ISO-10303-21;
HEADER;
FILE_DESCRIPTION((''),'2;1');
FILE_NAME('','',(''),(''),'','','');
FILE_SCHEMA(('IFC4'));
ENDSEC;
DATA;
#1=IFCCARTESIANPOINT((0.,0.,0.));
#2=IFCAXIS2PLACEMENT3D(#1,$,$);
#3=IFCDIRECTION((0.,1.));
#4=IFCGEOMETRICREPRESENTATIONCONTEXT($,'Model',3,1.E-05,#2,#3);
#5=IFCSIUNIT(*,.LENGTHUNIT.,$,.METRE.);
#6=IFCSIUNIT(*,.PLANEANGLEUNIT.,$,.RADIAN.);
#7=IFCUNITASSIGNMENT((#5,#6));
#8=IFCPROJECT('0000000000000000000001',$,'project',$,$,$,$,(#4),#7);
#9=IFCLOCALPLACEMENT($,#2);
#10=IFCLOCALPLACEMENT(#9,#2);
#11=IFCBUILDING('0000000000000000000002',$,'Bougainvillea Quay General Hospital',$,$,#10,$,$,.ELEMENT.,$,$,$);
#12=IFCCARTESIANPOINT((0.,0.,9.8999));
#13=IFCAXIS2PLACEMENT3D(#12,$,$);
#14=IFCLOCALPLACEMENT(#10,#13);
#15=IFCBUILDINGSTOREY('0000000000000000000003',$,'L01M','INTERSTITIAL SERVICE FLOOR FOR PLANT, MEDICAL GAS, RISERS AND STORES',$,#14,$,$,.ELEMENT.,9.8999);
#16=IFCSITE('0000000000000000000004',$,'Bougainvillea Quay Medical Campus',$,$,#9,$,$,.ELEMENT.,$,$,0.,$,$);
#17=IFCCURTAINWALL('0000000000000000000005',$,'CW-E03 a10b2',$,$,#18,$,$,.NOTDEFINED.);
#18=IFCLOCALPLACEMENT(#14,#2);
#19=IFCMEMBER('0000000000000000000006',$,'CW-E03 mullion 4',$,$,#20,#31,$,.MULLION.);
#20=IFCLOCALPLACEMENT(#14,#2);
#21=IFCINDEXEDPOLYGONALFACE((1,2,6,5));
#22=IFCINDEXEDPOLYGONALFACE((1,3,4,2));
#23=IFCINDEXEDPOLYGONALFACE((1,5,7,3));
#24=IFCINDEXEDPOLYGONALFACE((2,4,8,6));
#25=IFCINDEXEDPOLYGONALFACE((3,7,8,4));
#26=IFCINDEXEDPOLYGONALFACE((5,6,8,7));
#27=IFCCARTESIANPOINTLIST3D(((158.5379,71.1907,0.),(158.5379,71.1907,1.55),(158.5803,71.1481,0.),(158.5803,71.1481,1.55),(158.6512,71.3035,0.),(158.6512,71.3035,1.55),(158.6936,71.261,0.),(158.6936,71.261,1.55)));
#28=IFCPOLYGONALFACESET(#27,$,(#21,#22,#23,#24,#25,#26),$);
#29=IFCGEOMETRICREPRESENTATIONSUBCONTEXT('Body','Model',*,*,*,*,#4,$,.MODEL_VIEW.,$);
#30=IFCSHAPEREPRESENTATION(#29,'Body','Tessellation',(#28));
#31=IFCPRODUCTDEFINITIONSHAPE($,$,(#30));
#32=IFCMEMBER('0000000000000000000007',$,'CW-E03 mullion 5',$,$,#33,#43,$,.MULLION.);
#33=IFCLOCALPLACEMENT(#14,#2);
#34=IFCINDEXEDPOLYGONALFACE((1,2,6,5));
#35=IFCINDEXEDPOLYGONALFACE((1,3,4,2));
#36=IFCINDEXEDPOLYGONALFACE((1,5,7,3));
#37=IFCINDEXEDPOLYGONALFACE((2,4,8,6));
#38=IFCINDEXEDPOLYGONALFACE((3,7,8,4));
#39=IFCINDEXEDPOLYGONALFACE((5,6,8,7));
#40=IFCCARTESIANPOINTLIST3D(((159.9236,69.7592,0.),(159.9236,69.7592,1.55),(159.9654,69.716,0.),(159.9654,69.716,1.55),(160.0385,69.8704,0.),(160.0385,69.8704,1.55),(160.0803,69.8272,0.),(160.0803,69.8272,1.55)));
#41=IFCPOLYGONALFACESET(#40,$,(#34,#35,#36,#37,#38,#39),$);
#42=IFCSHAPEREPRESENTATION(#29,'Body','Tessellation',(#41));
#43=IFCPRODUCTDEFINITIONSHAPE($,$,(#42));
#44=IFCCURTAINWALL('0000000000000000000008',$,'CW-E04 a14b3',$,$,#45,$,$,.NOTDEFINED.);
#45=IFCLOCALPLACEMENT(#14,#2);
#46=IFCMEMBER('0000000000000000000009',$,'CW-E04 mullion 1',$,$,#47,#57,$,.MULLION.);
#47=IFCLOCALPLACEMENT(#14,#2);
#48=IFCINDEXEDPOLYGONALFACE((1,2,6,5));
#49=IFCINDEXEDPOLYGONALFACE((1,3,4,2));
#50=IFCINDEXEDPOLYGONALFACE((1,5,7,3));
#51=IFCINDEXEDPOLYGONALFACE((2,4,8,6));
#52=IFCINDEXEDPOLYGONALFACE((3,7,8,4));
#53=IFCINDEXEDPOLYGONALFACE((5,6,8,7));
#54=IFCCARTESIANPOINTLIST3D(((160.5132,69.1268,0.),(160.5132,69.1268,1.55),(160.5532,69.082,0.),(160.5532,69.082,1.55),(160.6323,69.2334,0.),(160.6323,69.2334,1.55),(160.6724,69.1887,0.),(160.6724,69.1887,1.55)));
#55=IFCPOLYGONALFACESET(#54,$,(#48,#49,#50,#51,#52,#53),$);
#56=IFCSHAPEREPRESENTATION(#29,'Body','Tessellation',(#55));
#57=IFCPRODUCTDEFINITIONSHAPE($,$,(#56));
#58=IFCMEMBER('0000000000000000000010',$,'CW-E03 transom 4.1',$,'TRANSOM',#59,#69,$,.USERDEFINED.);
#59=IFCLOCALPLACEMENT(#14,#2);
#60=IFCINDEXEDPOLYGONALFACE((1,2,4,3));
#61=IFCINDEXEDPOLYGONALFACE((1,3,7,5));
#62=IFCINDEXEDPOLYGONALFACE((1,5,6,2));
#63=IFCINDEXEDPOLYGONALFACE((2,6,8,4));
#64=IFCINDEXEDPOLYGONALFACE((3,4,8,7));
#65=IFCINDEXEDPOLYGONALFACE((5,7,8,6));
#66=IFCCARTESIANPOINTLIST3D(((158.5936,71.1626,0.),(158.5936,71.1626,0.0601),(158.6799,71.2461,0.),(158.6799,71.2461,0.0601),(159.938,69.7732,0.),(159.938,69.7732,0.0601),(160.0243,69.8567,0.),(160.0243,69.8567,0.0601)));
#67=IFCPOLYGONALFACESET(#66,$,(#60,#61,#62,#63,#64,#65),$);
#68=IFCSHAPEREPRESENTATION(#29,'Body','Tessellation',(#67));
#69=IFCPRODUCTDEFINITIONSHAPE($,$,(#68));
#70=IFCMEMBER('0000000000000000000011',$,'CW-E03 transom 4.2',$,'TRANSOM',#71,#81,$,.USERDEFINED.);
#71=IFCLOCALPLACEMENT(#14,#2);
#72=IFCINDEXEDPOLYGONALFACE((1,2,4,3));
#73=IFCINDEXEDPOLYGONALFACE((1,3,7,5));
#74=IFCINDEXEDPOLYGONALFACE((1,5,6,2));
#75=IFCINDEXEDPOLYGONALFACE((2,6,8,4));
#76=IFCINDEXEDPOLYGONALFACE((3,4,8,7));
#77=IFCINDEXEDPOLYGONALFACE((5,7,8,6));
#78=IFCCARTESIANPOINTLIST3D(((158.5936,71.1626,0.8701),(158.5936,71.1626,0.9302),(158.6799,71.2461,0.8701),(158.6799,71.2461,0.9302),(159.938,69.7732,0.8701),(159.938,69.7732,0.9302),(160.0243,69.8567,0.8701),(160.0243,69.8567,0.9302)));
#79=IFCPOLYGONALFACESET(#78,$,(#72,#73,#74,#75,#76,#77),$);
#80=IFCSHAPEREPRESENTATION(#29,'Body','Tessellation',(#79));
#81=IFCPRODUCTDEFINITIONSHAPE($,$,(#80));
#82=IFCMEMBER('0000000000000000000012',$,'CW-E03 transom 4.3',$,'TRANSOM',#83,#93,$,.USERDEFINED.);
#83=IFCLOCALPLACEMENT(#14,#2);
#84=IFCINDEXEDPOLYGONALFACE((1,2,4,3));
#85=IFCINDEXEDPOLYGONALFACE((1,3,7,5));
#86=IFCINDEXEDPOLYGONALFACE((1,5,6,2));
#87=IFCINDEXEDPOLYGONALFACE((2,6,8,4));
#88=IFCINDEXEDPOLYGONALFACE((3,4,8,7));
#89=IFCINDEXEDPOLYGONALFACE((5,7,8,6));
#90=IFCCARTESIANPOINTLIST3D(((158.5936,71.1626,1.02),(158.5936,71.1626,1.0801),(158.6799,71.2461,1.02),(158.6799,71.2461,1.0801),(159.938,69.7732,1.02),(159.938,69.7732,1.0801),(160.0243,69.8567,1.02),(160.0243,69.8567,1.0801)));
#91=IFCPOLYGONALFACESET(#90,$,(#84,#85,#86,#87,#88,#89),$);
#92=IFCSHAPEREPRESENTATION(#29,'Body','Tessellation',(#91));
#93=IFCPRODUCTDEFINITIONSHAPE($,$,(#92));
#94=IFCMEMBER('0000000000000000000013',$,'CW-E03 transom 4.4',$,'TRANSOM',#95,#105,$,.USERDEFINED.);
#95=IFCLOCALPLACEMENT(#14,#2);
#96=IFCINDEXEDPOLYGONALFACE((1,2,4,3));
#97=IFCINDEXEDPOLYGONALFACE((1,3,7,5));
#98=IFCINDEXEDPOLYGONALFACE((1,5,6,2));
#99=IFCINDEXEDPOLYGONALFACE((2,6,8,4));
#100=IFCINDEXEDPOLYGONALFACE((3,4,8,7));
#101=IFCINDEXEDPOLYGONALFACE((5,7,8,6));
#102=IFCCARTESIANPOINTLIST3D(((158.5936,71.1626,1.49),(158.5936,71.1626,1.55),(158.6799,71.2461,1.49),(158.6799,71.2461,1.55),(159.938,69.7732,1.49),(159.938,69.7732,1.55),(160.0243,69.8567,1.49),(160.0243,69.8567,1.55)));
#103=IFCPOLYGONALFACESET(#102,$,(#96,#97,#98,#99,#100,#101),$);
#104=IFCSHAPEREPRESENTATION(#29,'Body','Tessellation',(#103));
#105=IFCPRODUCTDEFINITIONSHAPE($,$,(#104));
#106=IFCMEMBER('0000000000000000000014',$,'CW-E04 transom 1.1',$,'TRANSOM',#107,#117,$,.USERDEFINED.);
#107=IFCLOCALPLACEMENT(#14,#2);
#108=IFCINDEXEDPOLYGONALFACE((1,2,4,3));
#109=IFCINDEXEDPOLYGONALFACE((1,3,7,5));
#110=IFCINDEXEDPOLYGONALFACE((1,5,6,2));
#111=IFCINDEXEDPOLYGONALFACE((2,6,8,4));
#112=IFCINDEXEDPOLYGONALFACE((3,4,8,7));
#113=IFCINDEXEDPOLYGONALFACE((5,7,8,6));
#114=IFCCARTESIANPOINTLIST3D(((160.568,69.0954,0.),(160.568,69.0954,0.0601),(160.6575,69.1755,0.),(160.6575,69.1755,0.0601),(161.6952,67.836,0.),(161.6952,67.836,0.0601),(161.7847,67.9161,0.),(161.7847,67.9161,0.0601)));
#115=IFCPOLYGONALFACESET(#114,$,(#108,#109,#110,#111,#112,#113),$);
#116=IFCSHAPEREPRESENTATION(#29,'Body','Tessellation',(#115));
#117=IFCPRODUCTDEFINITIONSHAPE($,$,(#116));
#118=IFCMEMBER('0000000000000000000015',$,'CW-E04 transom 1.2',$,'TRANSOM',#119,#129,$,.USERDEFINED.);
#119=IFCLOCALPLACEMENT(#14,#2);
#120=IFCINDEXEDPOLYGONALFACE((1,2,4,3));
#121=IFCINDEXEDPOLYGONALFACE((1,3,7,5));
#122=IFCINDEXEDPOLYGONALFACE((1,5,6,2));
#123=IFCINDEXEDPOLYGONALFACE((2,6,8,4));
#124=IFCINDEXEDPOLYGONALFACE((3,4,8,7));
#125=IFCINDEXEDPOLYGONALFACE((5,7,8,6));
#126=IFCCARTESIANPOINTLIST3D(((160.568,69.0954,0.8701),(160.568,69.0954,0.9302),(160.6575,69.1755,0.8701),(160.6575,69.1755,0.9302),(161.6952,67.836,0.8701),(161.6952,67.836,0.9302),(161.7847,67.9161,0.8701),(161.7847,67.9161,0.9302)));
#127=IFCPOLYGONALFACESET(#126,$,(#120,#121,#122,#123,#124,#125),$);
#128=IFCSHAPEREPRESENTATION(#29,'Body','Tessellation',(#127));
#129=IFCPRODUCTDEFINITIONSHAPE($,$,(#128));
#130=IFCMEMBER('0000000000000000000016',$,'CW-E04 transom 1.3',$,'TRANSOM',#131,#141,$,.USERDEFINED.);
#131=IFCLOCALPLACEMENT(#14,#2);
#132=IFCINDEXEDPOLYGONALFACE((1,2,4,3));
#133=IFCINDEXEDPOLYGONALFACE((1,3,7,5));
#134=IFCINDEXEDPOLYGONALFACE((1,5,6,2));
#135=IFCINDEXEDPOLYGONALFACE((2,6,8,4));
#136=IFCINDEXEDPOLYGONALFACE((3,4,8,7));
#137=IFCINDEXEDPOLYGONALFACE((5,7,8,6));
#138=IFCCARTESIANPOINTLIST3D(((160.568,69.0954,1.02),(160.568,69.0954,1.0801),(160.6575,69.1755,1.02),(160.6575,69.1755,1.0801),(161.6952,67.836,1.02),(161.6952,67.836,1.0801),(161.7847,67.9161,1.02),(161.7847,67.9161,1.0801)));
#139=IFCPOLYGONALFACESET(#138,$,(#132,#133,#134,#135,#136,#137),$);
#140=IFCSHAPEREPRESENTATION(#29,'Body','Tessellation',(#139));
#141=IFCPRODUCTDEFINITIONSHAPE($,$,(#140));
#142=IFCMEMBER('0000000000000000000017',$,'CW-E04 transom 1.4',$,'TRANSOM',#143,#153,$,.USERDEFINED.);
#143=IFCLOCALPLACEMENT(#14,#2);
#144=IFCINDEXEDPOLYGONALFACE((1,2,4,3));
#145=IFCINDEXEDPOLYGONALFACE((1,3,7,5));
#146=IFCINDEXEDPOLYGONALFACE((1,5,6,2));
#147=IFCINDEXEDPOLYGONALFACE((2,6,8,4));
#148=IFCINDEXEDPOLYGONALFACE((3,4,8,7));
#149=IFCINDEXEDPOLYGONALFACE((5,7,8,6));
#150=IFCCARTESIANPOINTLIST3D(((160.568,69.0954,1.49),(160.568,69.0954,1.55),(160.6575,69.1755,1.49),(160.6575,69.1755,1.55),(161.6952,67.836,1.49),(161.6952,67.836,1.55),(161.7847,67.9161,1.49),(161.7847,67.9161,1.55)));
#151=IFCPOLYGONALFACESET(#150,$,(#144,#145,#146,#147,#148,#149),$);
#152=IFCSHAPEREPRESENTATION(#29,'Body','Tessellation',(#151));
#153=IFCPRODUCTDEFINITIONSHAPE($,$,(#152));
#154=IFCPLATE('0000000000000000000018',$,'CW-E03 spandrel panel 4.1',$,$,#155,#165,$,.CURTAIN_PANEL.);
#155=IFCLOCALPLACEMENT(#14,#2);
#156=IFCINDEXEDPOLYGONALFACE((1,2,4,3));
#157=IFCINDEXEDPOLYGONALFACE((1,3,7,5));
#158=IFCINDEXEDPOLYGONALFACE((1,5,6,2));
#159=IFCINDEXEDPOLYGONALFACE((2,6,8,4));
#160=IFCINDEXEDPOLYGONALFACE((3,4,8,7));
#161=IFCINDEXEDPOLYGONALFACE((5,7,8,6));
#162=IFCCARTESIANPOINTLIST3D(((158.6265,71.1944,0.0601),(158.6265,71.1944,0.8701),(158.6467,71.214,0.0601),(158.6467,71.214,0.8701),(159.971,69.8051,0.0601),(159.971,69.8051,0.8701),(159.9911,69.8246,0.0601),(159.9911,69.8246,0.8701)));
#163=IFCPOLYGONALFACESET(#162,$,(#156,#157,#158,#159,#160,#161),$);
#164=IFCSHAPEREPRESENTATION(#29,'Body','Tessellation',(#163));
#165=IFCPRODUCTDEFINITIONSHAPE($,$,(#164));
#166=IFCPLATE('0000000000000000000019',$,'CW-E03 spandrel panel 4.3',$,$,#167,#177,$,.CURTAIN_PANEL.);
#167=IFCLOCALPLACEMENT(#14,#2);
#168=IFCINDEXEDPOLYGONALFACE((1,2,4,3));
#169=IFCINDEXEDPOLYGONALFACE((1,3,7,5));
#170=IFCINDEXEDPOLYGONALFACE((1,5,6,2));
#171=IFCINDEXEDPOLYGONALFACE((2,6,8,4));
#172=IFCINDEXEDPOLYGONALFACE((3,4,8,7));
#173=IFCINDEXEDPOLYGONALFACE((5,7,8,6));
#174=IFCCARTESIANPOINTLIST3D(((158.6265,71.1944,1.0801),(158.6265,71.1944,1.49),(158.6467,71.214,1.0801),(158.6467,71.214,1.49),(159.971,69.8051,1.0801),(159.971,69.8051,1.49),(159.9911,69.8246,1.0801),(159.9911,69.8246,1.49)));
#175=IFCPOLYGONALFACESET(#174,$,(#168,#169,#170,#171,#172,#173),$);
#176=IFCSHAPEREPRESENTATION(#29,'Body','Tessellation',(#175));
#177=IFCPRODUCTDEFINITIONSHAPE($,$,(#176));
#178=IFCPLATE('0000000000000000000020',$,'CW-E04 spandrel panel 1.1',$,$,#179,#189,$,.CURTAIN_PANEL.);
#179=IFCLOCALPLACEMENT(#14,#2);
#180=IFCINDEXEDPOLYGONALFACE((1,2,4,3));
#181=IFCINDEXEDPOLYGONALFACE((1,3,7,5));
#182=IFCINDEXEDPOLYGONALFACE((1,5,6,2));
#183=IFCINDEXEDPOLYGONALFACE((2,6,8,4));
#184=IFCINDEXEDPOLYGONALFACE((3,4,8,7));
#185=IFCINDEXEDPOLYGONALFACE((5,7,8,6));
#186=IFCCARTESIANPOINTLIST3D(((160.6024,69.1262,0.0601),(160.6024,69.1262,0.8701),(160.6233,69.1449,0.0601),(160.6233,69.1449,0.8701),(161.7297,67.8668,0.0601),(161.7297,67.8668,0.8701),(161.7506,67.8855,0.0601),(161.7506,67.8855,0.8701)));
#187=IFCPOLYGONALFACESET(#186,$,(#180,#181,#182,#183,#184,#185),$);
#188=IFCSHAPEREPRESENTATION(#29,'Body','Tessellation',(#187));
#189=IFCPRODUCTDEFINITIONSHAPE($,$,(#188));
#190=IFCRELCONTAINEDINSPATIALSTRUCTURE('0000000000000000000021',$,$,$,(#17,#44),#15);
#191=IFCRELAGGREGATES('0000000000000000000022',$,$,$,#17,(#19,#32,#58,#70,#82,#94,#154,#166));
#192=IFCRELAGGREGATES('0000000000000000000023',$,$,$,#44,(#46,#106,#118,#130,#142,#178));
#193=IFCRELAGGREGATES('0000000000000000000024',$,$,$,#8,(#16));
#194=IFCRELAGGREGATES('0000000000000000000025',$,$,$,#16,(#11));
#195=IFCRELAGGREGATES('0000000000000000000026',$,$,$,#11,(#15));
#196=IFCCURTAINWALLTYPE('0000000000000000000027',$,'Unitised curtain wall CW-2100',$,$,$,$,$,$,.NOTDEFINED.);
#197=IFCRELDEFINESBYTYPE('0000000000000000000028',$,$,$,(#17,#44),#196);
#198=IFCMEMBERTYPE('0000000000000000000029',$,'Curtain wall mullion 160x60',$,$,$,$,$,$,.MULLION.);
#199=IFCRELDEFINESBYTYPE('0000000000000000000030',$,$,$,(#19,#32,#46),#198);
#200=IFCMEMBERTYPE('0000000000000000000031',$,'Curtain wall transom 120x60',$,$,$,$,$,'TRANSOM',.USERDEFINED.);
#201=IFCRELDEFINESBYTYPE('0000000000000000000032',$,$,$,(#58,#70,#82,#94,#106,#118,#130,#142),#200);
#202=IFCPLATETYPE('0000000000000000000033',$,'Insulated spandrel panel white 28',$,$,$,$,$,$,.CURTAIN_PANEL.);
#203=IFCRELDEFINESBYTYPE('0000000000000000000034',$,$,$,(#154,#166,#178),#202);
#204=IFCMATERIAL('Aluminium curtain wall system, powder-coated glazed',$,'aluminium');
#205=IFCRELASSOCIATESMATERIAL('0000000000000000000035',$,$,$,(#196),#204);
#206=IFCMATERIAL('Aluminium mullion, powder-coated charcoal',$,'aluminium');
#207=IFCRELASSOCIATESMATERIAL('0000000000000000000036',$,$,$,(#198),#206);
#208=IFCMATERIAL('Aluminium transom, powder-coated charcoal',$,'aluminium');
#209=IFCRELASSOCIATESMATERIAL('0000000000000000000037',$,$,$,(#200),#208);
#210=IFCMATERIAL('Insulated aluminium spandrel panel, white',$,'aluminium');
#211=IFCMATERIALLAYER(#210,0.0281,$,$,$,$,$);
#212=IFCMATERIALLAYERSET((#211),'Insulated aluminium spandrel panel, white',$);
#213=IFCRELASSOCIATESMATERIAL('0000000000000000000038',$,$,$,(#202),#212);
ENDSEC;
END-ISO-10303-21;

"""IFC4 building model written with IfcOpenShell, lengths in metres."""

from ifc_helpers import new_model, si_unit, direction, frame, origin, origin_2d, place, context, subcontext, project, spatial, rectangle, extrude, material, layer, layer_set, material_profile, profile_set, type_object, element, aggregate, save


model = new_model("IFC4")

# Units and contexts
model_context = context("Model", 3, precision=1e-05, world=origin(), true_north=direction((0.0, 1.0)))
body_context = subcontext(model_context, "Body", "Model", "MODEL_VIEW")
ifc_project = project(units=[si_unit("LENGTHUNIT", "METRE"), si_unit("PLANEANGLEUNIT", "RADIAN")], contexts=[model_context])

# Site, building, storey
site_placement = place(None, origin())
site = spatial("IfcSite", under=ifc_project, at=site_placement, Name="Bougainvillea Quay Medical Campus", CompositionType="ELEMENT", RefElevation=0.0)
building_placement = place(site_placement, origin())
building = spatial("IfcBuilding", under=site, at=building_placement, Name="Bougainvillea Quay General Hospital", CompositionType="ELEMENT")
storey_placement = place(building_placement, frame((0.0, 0.0, 9.8999)))
storey = spatial("IfcBuildingStorey", under=building, at=storey_placement, Name="L01M", Description="INTERSTITIAL SERVICE FLOOR FOR PLANT, MEDICAL GAS, RISERS AND STORES", CompositionType="ELEMENT", Elevation=9.8999)

# Curtain wall, members
ifc_material_1 = material(Name="Aluminium curtain wall system, powder-coated glazed", Category="aluminium")
curtain_wall_type = type_object("IfcCurtainWallType", Name="Unitised curtain wall CW-2100", PredefinedType="NOTDEFINED", material=ifc_material_1)
curtain_wall_1_placement = place(storey_placement, origin())
curtain_wall_1 = element("IfcCurtainWall", 1, at=curtain_wall_1_placement, inside=storey, type_object=curtain_wall_type, Name="CW-E03 a10b2", PredefinedType="NOTDEFINED")
ifc_material_2 = material(Name="Aluminium mullion, powder-coated charcoal", Category="aluminium")
ifc_material_profile_1 = material_profile(ifc_material_2, rectangle(XDim=0.1599, YDim=0.0601, at=origin_2d()))
ifc_profile_set_1 = profile_set([ifc_material_profile_1], Name="Aluminium mullion, powder-coated charcoal")
member_type_1 = type_object("IfcMemberType", Name="Curtain wall mullion 160x60", PredefinedType="MULLION", material=ifc_profile_set_1)
member_1_placement = place(storey_placement, frame((158.6157, 71.2258, 0.0), z_axis=(0.0, 0.0, 1.0), x_axis=(0.708467, 0.705743, 0.0)))
member_1 = element("IfcMember", 2, at=member_1_placement, type_object=member_type_1, Name="CW-E03 mullion 4", PredefinedType="MULLION", context=body_context, shape_type="SweptSolid", body=[
    extrude(rectangle(XDim=0.1599, YDim=0.0601, at=origin_2d()), origin(), (0.0, 0.0, 1.0), 1.55),
])
member_2_placement = place(storey_placement, frame((160.002, 69.7932, 0.0), z_axis=(0.0, 0.0, 1.0), x_axis=(0.718629, 0.695393, 0.0)))
member_2 = element("IfcMember", 3, at=member_2_placement, type_object=member_type_1, Name="CW-E03 mullion 5", PredefinedType="MULLION", context=body_context, shape_type="SweptSolid", body=[
    extrude(rectangle(XDim=0.1599, YDim=0.0601, at=origin_2d()), origin(), (0.0, 0.0, 1.0), 1.55),
])

# Curtain wall, member
curtain_wall_2_placement = place(storey_placement, origin())
curtain_wall_2 = element("IfcCurtainWall", 4, at=curtain_wall_2_placement, inside=storey, type_object=curtain_wall_type, Name="CW-E04 a14b3", PredefinedType="NOTDEFINED")
member_3_placement = place(storey_placement, frame((160.5928, 69.1577, 0.0), z_axis=(0.0, 0.0, 1.0), x_axis=(0.745094, 0.666959, 0.0)))
member_3 = element("IfcMember", 5, at=member_3_placement, type_object=member_type_1, Name="CW-E04 mullion 1", PredefinedType="MULLION", context=body_context, shape_type="SweptSolid", body=[
    extrude(rectangle(XDim=0.1599, YDim=0.0601, at=origin_2d()), origin(), (0.0, 0.0, 1.0), 1.55),
])

# Members
ifc_material_3 = material(Name="Aluminium transom, powder-coated charcoal", Category="aluminium")
ifc_material_profile_2 = material_profile(ifc_material_3, rectangle(XDim=0.1201, YDim=0.0601, at=origin_2d()))
ifc_profile_set_2 = profile_set([ifc_material_profile_2], Name="Aluminium transom, powder-coated charcoal")
member_type_2 = type_object("IfcMemberType", Name="Curtain wall transom 120x60", ElementType="TRANSOM", PredefinedType="USERDEFINED", material=ifc_profile_set_2)
member_4_placement = place(storey_placement, frame((158.6367, 71.2043, 0.03), z_axis=(0.695394, -0.718629, 0.0), x_axis=(0.718629, 0.695394, 0.0)))
member_4 = element("IfcMember", 6, at=member_4_placement, type_object=member_type_2, Name="CW-E03 transom 4.1", ObjectType="TRANSOM", PredefinedType="USERDEFINED", context=body_context, shape_type="SweptSolid", body=[
    extrude(rectangle(XDim=0.1201, YDim=0.0601, at=origin_2d()), origin(), (0.0, 0.0, 1.0), 1.9333),
])
member_5_placement = place(storey_placement, frame((158.6367, 71.2043, 0.9001), z_axis=(0.695394, -0.718629, 0.0), x_axis=(0.718629, 0.695394, 0.0)))
member_5 = element("IfcMember", 7, at=member_5_placement, type_object=member_type_2, Name="CW-E03 transom 4.2", ObjectType="TRANSOM", PredefinedType="USERDEFINED", context=body_context, shape_type="SweptSolid", body=[
    extrude(rectangle(XDim=0.1201, YDim=0.0601, at=origin_2d()), origin(), (0.0, 0.0, 1.0), 1.9333),
])
member_6_placement = place(storey_placement, frame((158.6367, 71.2043, 1.05), z_axis=(0.695394, -0.718629, 0.0), x_axis=(0.718629, 0.695394, 0.0)))
member_6 = element("IfcMember", 8, at=member_6_placement, type_object=member_type_2, Name="CW-E03 transom 4.3", ObjectType="TRANSOM", PredefinedType="USERDEFINED", context=body_context, shape_type="SweptSolid", body=[
    extrude(rectangle(XDim=0.1201, YDim=0.0601, at=origin_2d()), origin(), (0.0, 0.0, 1.0), 1.9333),
])
member_7_placement = place(storey_placement, frame((158.6367, 71.2043, 1.52), z_axis=(0.695394, -0.718629, 0.0), x_axis=(0.718629, 0.695394, 0.0)))
member_7 = element("IfcMember", 9, at=member_7_placement, type_object=member_type_2, Name="CW-E03 transom 4.4", ObjectType="TRANSOM", PredefinedType="USERDEFINED", context=body_context, shape_type="SweptSolid", body=[
    extrude(rectangle(XDim=0.1201, YDim=0.0601, at=origin_2d()), origin(), (0.0, 0.0, 1.0), 1.9333),
])
member_8_placement = place(storey_placement, frame((160.6128, 69.1355, 0.03), z_axis=(0.666879, -0.745166, 0.0), x_axis=(0.745166, 0.666879, 0.0)))
member_8 = element("IfcMember", 10, at=member_8_placement, type_object=member_type_2, Name="CW-E04 transom 1.1", ObjectType="TRANSOM", PredefinedType="USERDEFINED", context=body_context, shape_type="SweptSolid", body=[
    extrude(rectangle(XDim=0.1201, YDim=0.0601, at=origin_2d()), origin(), (0.0, 0.0, 1.0), 1.6902),
])
member_9_placement = place(storey_placement, frame((160.6128, 69.1355, 0.9001), z_axis=(0.666879, -0.745166, 0.0), x_axis=(0.745166, 0.666879, 0.0)))
member_9 = element("IfcMember", 11, at=member_9_placement, type_object=member_type_2, Name="CW-E04 transom 1.2", ObjectType="TRANSOM", PredefinedType="USERDEFINED", context=body_context, shape_type="SweptSolid", body=[
    extrude(rectangle(XDim=0.1201, YDim=0.0601, at=origin_2d()), origin(), (0.0, 0.0, 1.0), 1.6902),
])
member_10_placement = place(storey_placement, frame((160.6128, 69.1355, 1.05), z_axis=(0.666879, -0.745166, 0.0), x_axis=(0.745166, 0.666879, 0.0)))
member_10 = element("IfcMember", 12, at=member_10_placement, type_object=member_type_2, Name="CW-E04 transom 1.3", ObjectType="TRANSOM", PredefinedType="USERDEFINED", context=body_context, shape_type="SweptSolid", body=[
    extrude(rectangle(XDim=0.1201, YDim=0.0601, at=origin_2d()), origin(), (0.0, 0.0, 1.0), 1.6902),
])
member_11_placement = place(storey_placement, frame((160.6128, 69.1355, 1.52), z_axis=(0.666879, -0.745166, 0.0), x_axis=(0.745166, 0.666879, 0.0)))
member_11 = element("IfcMember", 13, at=member_11_placement, type_object=member_type_2, Name="CW-E04 transom 1.4", ObjectType="TRANSOM", PredefinedType="USERDEFINED", context=body_context, shape_type="SweptSolid", body=[
    extrude(rectangle(XDim=0.1201, YDim=0.0601, at=origin_2d()), origin(), (0.0, 0.0, 1.0), 1.6902),
])

# Plates
ifc_material_4 = material(Name="Insulated aluminium spandrel panel, white", Category="aluminium")
ifc_layer_1 = layer(ifc_material_4, 0.0281)
ifc_layer_set_1 = layer_set([ifc_layer_1], Name="Insulated aluminium spandrel panel, white")
plate_type_1 = type_object("IfcPlateType", Name="Insulated spandrel panel white 28", PredefinedType="CURTAIN_PANEL", material=ifc_layer_set_1)
plate_1_placement = place(storey_placement, frame((159.3088, 70.5095, 0.0601), z_axis=(0.0, 0.0, 1.0), x_axis=(0.695393, -0.718629, 0.0)))
plate_1 = element("IfcPlate", 14, at=plate_1_placement, type_object=plate_type_1, Name="CW-E03 spandrel panel 4.1", PredefinedType="CURTAIN_PANEL", context=body_context, shape_type="SweptSolid", body=[
    extrude(rectangle(XDim=1.9333, YDim=0.0281, at=origin_2d()), origin(), (0.0, 0.0, 1.0), 0.8101),
])
plate_2_placement = place(storey_placement, frame((159.3088, 70.5095, 1.0801), z_axis=(0.0, 0.0, 1.0), x_axis=(0.695393, -0.718629, 0.0)))
plate_2 = element("IfcPlate", 15, at=plate_2_placement, type_object=plate_type_1, Name="CW-E03 spandrel panel 4.3", PredefinedType="CURTAIN_PANEL", context=body_context, shape_type="SweptSolid", body=[
    extrude(rectangle(XDim=1.9333, YDim=0.0281, at=origin_2d()), origin(), (0.0, 0.0, 1.0), 0.4099),
])
plate_3_placement = place(storey_placement, frame((161.1765, 68.5059, 0.0601), z_axis=(0.0, 0.0, 1.0), x_axis=(0.666959, -0.745094, 0.0)))
plate_3 = element("IfcPlate", 16, at=plate_3_placement, type_object=plate_type_1, Name="CW-E04 spandrel panel 1.1", PredefinedType="CURTAIN_PANEL", context=body_context, shape_type="SweptSolid", body=[
    extrude(rectangle(XDim=1.6902, YDim=0.0281, at=origin_2d()), origin(), (0.0, 0.0, 1.0), 0.8101),
])
aggregate(curtain_wall_1, [member_1, member_2, member_4, member_5, member_6, member_7, plate_1, plate_2])
aggregate(curtain_wall_2, [member_3, member_8, member_9, member_10, member_11, plate_3])

save(model, "model.ifc")
